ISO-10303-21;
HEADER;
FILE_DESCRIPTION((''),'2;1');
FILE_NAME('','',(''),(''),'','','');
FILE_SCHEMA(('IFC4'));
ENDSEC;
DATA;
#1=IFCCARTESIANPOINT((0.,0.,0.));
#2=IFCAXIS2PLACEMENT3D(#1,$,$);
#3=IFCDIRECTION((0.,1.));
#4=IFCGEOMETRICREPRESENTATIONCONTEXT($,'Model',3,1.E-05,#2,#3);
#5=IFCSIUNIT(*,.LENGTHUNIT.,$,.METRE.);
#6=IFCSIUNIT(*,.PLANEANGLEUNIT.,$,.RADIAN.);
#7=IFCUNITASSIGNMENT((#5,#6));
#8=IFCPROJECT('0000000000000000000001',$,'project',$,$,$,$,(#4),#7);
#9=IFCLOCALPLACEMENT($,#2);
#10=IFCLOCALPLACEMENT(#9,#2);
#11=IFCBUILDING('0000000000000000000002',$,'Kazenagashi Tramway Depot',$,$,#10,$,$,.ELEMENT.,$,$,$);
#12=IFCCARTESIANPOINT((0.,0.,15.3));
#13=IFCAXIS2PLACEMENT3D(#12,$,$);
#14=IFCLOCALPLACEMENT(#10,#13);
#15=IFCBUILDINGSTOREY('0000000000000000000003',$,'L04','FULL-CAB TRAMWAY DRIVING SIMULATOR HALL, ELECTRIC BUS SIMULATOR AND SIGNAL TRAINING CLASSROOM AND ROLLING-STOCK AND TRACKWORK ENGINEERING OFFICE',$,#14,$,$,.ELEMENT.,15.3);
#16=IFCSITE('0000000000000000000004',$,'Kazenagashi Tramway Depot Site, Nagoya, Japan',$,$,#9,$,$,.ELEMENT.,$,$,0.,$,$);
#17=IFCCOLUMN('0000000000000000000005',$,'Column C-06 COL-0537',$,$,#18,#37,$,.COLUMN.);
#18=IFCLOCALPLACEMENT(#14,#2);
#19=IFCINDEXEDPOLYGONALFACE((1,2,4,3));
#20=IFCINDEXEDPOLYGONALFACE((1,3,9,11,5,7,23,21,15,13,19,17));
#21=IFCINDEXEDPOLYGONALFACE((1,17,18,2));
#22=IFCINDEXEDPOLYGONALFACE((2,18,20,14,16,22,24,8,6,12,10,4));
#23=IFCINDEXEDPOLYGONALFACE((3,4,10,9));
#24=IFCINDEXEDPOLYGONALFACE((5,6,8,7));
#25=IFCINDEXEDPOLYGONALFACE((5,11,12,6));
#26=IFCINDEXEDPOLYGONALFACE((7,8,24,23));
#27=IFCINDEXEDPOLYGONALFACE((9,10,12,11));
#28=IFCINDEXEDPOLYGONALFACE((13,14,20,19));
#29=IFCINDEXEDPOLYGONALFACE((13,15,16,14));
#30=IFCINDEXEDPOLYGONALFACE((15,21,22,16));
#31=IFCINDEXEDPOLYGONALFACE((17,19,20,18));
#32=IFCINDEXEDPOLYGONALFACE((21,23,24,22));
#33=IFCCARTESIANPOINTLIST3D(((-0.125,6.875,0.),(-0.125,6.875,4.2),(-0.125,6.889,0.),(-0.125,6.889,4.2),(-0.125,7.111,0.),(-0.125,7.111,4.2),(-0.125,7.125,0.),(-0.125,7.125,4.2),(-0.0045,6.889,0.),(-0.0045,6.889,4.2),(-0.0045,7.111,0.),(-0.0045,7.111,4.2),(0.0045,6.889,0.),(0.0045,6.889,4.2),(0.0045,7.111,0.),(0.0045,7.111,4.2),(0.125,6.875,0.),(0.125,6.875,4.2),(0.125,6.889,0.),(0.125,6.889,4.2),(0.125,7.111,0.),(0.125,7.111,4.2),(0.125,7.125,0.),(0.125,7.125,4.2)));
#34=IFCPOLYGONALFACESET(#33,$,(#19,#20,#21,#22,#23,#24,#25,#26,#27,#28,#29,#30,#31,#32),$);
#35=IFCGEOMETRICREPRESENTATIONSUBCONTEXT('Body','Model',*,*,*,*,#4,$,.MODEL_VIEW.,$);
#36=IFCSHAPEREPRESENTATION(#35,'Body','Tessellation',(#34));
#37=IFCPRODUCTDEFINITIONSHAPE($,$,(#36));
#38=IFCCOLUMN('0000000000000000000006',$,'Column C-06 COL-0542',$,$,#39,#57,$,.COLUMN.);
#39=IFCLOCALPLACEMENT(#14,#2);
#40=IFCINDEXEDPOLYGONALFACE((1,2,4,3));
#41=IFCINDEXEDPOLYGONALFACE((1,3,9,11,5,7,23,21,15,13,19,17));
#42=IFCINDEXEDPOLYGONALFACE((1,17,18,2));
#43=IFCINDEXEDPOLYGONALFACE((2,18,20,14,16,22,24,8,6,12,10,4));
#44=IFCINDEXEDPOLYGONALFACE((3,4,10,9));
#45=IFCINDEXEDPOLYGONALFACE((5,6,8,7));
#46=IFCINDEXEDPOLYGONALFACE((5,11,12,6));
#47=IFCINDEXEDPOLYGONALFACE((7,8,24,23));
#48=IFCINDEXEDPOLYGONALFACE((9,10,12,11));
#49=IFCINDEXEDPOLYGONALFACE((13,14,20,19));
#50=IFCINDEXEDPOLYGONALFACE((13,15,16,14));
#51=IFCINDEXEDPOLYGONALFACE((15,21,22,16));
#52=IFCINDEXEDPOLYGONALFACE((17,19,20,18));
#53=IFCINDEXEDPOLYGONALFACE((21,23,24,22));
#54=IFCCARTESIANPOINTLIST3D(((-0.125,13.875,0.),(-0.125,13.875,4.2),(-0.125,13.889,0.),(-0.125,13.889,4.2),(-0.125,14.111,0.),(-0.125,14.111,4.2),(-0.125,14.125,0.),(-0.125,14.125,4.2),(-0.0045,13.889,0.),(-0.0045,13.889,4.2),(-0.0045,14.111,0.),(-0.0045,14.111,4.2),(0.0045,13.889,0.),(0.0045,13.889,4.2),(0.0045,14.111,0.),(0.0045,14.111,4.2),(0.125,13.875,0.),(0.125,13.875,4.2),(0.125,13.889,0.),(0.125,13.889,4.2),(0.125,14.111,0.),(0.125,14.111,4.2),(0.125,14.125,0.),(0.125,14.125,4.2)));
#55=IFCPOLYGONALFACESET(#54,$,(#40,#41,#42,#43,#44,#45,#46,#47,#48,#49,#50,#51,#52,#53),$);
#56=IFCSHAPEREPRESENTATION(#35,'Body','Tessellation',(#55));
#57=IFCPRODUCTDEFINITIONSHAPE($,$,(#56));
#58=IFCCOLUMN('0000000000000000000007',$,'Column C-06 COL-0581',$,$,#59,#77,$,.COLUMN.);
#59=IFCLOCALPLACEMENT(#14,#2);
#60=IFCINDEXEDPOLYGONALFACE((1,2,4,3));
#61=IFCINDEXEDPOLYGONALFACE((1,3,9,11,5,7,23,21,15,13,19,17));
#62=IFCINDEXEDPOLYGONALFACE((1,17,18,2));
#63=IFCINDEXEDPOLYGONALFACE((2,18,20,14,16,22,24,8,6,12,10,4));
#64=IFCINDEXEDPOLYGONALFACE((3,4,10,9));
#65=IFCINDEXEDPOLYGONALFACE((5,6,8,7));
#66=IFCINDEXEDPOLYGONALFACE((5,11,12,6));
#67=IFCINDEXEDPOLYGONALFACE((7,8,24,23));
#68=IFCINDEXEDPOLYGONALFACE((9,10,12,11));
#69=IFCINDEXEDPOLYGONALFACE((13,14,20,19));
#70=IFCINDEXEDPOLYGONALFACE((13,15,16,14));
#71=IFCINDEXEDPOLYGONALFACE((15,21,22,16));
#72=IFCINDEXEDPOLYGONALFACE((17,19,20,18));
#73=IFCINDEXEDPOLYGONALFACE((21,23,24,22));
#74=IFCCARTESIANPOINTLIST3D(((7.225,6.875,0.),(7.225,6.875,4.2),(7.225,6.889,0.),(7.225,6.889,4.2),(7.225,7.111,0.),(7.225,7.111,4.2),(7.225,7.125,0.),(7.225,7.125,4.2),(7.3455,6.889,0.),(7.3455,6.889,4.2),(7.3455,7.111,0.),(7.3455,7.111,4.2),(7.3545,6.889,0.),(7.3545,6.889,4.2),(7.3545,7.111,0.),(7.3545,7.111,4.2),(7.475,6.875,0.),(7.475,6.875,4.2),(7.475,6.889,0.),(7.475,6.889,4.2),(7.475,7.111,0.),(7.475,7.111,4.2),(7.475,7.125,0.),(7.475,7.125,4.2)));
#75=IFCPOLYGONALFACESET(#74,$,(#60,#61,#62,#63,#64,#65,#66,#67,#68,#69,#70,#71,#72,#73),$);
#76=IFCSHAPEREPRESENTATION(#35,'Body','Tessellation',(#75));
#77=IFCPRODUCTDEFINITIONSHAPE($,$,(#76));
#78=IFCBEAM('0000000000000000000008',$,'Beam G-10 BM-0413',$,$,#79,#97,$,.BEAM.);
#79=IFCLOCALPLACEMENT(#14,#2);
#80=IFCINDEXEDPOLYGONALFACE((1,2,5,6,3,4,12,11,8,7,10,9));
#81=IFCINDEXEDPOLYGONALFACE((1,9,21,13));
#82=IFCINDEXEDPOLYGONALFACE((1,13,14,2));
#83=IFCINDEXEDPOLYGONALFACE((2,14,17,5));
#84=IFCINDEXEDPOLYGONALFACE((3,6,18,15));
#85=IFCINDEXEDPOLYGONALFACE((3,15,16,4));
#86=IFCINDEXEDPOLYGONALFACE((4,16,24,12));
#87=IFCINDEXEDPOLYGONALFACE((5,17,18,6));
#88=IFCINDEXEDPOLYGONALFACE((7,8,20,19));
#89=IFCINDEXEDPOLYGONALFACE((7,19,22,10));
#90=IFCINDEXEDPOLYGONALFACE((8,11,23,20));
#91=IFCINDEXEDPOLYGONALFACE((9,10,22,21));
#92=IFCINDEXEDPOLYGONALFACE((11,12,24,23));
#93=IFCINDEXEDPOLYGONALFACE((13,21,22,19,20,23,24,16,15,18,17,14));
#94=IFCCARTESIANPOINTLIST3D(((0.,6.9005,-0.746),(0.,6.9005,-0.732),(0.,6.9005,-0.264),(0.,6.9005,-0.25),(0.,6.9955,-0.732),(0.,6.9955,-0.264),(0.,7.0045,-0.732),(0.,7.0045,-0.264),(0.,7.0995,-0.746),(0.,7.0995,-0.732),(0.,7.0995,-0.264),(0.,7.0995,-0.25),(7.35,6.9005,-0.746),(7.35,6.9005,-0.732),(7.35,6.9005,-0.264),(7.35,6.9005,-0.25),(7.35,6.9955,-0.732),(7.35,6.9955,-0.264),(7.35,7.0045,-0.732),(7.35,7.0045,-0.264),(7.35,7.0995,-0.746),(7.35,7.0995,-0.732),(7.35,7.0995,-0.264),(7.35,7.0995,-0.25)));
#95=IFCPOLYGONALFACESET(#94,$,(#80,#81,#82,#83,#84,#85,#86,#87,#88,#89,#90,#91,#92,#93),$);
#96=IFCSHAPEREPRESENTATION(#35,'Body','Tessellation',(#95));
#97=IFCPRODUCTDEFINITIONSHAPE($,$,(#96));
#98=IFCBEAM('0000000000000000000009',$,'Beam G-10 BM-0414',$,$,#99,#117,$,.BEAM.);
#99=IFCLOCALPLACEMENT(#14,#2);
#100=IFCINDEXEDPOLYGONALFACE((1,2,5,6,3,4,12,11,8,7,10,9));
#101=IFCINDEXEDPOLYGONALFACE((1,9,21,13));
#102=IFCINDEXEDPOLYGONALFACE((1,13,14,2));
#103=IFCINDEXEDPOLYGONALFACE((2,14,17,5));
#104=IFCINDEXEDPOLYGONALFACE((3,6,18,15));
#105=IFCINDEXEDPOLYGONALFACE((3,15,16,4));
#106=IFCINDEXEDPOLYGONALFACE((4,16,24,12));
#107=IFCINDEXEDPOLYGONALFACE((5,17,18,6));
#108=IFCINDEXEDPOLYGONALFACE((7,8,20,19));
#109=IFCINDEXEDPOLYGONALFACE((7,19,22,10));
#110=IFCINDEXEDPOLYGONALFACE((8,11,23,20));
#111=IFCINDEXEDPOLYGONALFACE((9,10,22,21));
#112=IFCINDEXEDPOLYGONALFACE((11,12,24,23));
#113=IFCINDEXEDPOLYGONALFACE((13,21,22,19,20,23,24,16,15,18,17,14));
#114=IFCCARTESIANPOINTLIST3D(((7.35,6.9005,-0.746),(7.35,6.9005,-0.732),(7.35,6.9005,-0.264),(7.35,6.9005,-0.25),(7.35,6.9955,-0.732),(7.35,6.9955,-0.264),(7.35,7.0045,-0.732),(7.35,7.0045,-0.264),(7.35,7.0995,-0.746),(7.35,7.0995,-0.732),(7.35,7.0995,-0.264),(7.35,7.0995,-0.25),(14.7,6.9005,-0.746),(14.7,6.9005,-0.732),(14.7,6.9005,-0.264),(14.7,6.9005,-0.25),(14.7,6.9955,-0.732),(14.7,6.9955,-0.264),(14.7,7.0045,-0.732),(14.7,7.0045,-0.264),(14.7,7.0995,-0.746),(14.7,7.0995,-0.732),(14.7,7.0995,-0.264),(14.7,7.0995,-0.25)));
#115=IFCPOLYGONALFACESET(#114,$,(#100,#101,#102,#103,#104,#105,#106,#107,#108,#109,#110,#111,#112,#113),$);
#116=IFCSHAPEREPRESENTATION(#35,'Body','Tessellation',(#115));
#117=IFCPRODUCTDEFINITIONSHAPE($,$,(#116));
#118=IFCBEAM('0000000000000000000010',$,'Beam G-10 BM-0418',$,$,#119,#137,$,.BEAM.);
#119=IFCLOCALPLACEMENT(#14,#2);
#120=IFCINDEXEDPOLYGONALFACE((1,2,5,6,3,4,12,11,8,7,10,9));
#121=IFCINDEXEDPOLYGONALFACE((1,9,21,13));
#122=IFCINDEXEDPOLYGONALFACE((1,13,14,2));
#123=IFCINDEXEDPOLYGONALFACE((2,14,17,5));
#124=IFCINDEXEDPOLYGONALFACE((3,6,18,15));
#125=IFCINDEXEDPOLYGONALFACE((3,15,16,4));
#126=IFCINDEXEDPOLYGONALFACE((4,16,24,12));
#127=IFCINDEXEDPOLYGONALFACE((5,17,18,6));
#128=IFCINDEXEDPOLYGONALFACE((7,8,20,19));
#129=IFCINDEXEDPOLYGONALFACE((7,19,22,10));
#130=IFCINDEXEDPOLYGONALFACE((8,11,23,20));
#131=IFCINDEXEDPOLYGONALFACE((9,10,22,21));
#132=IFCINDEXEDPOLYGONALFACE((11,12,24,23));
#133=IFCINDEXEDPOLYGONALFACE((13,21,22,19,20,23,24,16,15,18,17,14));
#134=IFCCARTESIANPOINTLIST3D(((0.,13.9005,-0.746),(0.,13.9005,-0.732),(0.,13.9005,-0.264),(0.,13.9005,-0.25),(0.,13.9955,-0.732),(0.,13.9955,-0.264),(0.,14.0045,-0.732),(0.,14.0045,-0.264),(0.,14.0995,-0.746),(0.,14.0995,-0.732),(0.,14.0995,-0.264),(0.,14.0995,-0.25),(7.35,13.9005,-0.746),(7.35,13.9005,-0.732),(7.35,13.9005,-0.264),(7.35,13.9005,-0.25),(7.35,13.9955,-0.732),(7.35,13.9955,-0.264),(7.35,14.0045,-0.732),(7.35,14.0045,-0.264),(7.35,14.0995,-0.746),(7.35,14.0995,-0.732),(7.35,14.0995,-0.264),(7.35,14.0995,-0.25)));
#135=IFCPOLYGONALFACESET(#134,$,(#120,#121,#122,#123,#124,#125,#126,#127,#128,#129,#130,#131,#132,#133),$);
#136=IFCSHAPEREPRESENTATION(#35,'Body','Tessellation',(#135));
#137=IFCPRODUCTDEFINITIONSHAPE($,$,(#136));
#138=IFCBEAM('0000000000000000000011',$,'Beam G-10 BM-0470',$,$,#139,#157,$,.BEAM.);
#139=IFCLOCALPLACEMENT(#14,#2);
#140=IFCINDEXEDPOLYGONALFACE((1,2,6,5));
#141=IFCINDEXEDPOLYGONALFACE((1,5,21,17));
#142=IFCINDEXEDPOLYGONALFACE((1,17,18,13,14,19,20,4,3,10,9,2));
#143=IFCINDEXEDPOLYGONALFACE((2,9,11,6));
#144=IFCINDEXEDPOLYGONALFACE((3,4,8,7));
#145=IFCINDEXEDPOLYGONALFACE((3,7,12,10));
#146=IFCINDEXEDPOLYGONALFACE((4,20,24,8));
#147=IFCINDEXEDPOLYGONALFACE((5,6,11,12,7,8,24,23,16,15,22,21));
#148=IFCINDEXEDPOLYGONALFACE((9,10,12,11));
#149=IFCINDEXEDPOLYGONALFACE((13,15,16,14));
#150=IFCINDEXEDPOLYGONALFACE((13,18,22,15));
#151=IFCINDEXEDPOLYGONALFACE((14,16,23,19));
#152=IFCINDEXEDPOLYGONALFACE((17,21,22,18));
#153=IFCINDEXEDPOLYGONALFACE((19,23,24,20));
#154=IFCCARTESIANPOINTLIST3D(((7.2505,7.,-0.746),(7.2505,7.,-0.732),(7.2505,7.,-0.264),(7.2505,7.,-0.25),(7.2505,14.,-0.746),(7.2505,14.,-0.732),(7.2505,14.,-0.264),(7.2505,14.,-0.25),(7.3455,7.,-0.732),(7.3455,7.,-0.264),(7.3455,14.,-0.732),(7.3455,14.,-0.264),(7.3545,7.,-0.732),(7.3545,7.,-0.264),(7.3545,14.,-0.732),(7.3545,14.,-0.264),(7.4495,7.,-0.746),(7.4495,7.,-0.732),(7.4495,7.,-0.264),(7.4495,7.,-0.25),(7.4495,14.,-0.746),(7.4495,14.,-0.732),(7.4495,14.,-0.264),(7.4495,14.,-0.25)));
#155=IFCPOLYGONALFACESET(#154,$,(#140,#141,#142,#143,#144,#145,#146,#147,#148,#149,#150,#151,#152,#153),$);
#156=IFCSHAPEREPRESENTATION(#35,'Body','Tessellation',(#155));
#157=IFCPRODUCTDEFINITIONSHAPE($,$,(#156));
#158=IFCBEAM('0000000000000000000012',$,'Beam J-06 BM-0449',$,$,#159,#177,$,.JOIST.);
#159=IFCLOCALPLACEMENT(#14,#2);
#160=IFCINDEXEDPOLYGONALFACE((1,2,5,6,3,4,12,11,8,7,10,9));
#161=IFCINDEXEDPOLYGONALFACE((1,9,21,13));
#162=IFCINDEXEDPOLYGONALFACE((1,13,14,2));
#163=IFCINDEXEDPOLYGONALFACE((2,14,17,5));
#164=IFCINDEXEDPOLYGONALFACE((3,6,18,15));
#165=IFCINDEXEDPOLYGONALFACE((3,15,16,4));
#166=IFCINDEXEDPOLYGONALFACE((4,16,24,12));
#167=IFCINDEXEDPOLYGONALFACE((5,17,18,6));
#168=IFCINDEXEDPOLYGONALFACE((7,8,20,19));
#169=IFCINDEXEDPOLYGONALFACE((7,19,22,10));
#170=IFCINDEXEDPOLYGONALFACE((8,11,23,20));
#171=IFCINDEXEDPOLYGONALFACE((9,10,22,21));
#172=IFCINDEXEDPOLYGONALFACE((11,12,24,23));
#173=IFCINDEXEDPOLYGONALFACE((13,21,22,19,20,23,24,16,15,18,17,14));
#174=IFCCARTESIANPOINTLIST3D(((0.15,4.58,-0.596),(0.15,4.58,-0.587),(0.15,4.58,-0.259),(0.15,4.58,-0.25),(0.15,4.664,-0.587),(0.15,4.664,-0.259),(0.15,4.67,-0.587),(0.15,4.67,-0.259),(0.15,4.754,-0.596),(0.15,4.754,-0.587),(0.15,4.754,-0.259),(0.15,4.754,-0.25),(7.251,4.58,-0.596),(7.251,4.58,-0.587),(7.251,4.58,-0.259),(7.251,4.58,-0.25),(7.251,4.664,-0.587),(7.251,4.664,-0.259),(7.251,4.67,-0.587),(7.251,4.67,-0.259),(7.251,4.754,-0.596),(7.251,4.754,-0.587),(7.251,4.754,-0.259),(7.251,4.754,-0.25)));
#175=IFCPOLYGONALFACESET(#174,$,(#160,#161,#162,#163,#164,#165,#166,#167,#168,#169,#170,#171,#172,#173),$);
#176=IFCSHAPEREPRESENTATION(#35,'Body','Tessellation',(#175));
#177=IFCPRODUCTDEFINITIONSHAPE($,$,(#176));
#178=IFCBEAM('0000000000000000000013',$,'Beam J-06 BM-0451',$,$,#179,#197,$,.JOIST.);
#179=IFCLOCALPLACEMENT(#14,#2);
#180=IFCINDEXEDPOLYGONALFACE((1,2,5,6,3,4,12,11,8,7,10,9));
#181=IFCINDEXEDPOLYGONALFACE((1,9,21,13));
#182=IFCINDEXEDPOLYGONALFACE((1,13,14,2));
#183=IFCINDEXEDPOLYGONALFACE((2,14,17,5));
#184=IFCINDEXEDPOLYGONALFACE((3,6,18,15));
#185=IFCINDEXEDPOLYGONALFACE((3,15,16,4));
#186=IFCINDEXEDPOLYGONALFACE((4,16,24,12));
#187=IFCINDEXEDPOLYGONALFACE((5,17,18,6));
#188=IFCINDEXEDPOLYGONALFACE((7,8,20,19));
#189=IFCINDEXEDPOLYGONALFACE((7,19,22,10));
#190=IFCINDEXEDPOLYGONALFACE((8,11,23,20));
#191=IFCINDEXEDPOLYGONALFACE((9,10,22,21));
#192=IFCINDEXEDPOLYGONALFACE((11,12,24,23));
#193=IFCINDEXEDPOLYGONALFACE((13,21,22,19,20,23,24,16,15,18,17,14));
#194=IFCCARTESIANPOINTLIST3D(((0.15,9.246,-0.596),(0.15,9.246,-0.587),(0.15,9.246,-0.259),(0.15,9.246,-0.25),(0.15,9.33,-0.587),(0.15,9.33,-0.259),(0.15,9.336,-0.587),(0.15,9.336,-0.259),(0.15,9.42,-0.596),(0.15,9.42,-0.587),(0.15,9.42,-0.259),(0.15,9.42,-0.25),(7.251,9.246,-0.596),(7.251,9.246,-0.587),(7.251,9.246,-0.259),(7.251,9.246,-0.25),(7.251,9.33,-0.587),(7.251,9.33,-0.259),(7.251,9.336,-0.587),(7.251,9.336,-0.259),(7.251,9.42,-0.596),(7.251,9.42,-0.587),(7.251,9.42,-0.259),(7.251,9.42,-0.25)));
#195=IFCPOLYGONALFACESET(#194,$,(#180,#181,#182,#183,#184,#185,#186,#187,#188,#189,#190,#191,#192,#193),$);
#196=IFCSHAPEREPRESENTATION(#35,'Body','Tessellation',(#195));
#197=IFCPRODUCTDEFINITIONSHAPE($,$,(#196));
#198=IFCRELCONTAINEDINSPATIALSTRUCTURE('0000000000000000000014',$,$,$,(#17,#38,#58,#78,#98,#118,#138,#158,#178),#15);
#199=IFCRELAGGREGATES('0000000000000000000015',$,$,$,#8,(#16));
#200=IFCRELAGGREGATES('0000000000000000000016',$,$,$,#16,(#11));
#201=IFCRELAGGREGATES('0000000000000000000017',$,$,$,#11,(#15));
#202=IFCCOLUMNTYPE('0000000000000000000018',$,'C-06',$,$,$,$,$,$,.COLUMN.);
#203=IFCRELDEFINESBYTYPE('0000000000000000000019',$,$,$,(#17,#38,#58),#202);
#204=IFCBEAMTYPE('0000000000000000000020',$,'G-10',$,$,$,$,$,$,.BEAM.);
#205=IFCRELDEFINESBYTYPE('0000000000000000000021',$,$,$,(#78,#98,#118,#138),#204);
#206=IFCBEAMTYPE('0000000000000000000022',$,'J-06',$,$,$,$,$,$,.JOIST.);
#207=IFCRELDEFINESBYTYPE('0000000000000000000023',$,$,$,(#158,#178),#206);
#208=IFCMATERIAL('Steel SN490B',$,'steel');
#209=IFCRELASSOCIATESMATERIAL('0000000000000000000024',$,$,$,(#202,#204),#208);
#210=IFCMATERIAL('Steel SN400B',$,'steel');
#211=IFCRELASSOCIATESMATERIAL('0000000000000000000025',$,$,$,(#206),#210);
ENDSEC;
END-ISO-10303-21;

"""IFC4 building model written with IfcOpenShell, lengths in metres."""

from ifc_helpers import new_model, si_unit, direction, frame, origin, origin_2d, place, context, subcontext, project, spatial, i_section, extrude, material, material_profile, profile_set, type_object, element, save


model = new_model("IFC4")

# Units and contexts
model_context = context("Model", 3, precision=1e-05, world=origin(), true_north=direction((0.0, 1.0)))
body_context = subcontext(model_context, "Body", "Model", "MODEL_VIEW")
ifc_project = project(units=[si_unit("LENGTHUNIT", "METRE"), si_unit("PLANEANGLEUNIT", "RADIAN")], contexts=[model_context])

# Site, building, storey
site_placement = place(None, origin())
site = spatial("IfcSite", under=ifc_project, at=site_placement, Name="Kazenagashi Tramway Depot Site, Nagoya, Japan", CompositionType="ELEMENT", RefElevation=0.0)
building_placement = place(site_placement, origin())
building = spatial("IfcBuilding", under=site, at=building_placement, Name="Kazenagashi Tramway Depot", CompositionType="ELEMENT")
storey_placement = place(building_placement, frame((0.0, 0.0, 15.3)))
storey = spatial("IfcBuildingStorey", under=building, at=storey_placement, Name="L04", Description="FULL-CAB TRAMWAY DRIVING SIMULATOR HALL, ELECTRIC BUS SIMULATOR AND SIGNAL TRAINING CLASSROOM AND ROLLING-STOCK AND TRACKWORK ENGINEERING OFFICE", CompositionType="ELEMENT", Elevation=15.3)

# Columns
ifc_material_1 = material(Name="Steel SN490B", Category="steel")
ifc_material_profile_1 = material_profile(ifc_material_1, i_section(OverallWidth=0.25, OverallDepth=0.25, WebThickness=0.009, FlangeThickness=0.014, at=origin_2d()), Name="H-250x250x9x14")
ifc_profile_set_1 = profile_set([ifc_material_profile_1], Name="Steel SN490B")
column_type = type_object("IfcColumnType", Name="C-06", PredefinedType="COLUMN", material=ifc_profile_set_1)
for number, where, z_axis, x_axis, name in (
    (1, (0.0, 7.0, 0.0), (0.0, 0.0, 1.0), (1.0, 0.0, 0.0), "Column C-06 COL-0537"),
    (2, (0.0, 14.0, 0.0), (0.0, 0.0, 1.0), (1.0, 0.0, 0.0), "Column C-06 COL-0542"),
    (3, (7.35, 7.0, 0.0), (0.0, 0.0, 1.0), (1.0, 0.0, 0.0), "Column C-06 COL-0581"),
):
    element("IfcColumn", number, at=place(storey_placement, frame(where, z_axis=z_axis, x_axis=x_axis)), inside=storey, type_object=column_type, Name=name, PredefinedType="COLUMN", context=body_context, shape_type="SweptSolid", body=[
        extrude(i_section(OverallWidth=0.25, OverallDepth=0.25, WebThickness=0.009, FlangeThickness=0.014, at=origin_2d()), origin(), (0.0, 0.0, 1.0), 4.2),
    ])

# Beams
ifc_material_profile_2 = material_profile(ifc_material_1, i_section(OverallWidth=0.199, OverallDepth=0.496, WebThickness=0.009, FlangeThickness=0.014, at=origin_2d()), Name="H-496x199x9x14")
ifc_profile_set_2 = profile_set([ifc_material_profile_2], Name="Steel SN490B")
beam_type_1 = type_object("IfcBeamType", Name="G-10", PredefinedType="BEAM", material=ifc_profile_set_2)
for number, where, z_axis, x_axis, name in (
    (4, (0.0, 7.0, -0.498), (1.0, 0.0, 0.0), (0.0, 1.0, 0.0), "Beam G-10 BM-0413"),
    (5, (7.35, 7.0, -0.498), (1.0, 0.0, 0.0), (0.0, 1.0, 0.0), "Beam G-10 BM-0414"),
    (6, (0.0, 14.0, -0.498), (1.0, 0.0, 0.0), (0.0, 1.0, 0.0), "Beam G-10 BM-0418"),
):
    element("IfcBeam", number, at=place(storey_placement, frame(where, z_axis=z_axis, x_axis=x_axis)), inside=storey, type_object=beam_type_1, Name=name, PredefinedType="BEAM", context=body_context, shape_type="SweptSolid", body=[
        extrude(i_section(OverallWidth=0.199, OverallDepth=0.496, WebThickness=0.009, FlangeThickness=0.014, at=origin_2d()), origin(), (0.0, 0.0, 1.0), 7.35),
    ])
beam_placement = place(storey_placement, frame((7.35, 7.0, -0.498), z_axis=(0.0, 1.0, 0.0), x_axis=(-1.0, 0.0, 0.0)))
element("IfcBeam", 7, at=beam_placement, inside=storey, type_object=beam_type_1, Name="Beam G-10 BM-0470", PredefinedType="BEAM", context=body_context, shape_type="SweptSolid", body=[
    extrude(i_section(OverallWidth=0.199, OverallDepth=0.496, WebThickness=0.009, FlangeThickness=0.014, at=origin_2d()), origin(), (0.0, 0.0, 1.0), 7.0),
])
ifc_material_2 = material(Name="Steel SN400B", Category="steel")
ifc_material_profile_3 = material_profile(ifc_material_2, i_section(OverallWidth=0.174, OverallDepth=0.346, WebThickness=0.006, FlangeThickness=0.009, at=origin_2d()), Name="H-346x174x6x9")
ifc_profile_set_3 = profile_set([ifc_material_profile_3], Name="Steel SN400B")
beam_type_2 = type_object("IfcBeamType", Name="J-06", PredefinedType="JOIST", material=ifc_profile_set_3)
for number, where, z_axis, x_axis, name in (
    (8, (0.15, 4.667, -0.423), (1.0, 0.0, 0.0), (0.0, 1.0, 0.0), "Beam J-06 BM-0449"),
    (9, (0.15, 9.333, -0.423), (1.0, 0.0, 0.0), (0.0, 1.0, 0.0), "Beam J-06 BM-0451"),
):
    element("IfcBeam", number, at=place(storey_placement, frame(where, z_axis=z_axis, x_axis=x_axis)), inside=storey, type_object=beam_type_2, Name=name, PredefinedType="JOIST", context=body_context, shape_type="SweptSolid", body=[
        extrude(i_section(OverallWidth=0.174, OverallDepth=0.346, WebThickness=0.006, FlangeThickness=0.009, at=origin_2d()), origin(), (0.0, 0.0, 1.0), 7.101),
    ])

save(model, "model.ifc")
